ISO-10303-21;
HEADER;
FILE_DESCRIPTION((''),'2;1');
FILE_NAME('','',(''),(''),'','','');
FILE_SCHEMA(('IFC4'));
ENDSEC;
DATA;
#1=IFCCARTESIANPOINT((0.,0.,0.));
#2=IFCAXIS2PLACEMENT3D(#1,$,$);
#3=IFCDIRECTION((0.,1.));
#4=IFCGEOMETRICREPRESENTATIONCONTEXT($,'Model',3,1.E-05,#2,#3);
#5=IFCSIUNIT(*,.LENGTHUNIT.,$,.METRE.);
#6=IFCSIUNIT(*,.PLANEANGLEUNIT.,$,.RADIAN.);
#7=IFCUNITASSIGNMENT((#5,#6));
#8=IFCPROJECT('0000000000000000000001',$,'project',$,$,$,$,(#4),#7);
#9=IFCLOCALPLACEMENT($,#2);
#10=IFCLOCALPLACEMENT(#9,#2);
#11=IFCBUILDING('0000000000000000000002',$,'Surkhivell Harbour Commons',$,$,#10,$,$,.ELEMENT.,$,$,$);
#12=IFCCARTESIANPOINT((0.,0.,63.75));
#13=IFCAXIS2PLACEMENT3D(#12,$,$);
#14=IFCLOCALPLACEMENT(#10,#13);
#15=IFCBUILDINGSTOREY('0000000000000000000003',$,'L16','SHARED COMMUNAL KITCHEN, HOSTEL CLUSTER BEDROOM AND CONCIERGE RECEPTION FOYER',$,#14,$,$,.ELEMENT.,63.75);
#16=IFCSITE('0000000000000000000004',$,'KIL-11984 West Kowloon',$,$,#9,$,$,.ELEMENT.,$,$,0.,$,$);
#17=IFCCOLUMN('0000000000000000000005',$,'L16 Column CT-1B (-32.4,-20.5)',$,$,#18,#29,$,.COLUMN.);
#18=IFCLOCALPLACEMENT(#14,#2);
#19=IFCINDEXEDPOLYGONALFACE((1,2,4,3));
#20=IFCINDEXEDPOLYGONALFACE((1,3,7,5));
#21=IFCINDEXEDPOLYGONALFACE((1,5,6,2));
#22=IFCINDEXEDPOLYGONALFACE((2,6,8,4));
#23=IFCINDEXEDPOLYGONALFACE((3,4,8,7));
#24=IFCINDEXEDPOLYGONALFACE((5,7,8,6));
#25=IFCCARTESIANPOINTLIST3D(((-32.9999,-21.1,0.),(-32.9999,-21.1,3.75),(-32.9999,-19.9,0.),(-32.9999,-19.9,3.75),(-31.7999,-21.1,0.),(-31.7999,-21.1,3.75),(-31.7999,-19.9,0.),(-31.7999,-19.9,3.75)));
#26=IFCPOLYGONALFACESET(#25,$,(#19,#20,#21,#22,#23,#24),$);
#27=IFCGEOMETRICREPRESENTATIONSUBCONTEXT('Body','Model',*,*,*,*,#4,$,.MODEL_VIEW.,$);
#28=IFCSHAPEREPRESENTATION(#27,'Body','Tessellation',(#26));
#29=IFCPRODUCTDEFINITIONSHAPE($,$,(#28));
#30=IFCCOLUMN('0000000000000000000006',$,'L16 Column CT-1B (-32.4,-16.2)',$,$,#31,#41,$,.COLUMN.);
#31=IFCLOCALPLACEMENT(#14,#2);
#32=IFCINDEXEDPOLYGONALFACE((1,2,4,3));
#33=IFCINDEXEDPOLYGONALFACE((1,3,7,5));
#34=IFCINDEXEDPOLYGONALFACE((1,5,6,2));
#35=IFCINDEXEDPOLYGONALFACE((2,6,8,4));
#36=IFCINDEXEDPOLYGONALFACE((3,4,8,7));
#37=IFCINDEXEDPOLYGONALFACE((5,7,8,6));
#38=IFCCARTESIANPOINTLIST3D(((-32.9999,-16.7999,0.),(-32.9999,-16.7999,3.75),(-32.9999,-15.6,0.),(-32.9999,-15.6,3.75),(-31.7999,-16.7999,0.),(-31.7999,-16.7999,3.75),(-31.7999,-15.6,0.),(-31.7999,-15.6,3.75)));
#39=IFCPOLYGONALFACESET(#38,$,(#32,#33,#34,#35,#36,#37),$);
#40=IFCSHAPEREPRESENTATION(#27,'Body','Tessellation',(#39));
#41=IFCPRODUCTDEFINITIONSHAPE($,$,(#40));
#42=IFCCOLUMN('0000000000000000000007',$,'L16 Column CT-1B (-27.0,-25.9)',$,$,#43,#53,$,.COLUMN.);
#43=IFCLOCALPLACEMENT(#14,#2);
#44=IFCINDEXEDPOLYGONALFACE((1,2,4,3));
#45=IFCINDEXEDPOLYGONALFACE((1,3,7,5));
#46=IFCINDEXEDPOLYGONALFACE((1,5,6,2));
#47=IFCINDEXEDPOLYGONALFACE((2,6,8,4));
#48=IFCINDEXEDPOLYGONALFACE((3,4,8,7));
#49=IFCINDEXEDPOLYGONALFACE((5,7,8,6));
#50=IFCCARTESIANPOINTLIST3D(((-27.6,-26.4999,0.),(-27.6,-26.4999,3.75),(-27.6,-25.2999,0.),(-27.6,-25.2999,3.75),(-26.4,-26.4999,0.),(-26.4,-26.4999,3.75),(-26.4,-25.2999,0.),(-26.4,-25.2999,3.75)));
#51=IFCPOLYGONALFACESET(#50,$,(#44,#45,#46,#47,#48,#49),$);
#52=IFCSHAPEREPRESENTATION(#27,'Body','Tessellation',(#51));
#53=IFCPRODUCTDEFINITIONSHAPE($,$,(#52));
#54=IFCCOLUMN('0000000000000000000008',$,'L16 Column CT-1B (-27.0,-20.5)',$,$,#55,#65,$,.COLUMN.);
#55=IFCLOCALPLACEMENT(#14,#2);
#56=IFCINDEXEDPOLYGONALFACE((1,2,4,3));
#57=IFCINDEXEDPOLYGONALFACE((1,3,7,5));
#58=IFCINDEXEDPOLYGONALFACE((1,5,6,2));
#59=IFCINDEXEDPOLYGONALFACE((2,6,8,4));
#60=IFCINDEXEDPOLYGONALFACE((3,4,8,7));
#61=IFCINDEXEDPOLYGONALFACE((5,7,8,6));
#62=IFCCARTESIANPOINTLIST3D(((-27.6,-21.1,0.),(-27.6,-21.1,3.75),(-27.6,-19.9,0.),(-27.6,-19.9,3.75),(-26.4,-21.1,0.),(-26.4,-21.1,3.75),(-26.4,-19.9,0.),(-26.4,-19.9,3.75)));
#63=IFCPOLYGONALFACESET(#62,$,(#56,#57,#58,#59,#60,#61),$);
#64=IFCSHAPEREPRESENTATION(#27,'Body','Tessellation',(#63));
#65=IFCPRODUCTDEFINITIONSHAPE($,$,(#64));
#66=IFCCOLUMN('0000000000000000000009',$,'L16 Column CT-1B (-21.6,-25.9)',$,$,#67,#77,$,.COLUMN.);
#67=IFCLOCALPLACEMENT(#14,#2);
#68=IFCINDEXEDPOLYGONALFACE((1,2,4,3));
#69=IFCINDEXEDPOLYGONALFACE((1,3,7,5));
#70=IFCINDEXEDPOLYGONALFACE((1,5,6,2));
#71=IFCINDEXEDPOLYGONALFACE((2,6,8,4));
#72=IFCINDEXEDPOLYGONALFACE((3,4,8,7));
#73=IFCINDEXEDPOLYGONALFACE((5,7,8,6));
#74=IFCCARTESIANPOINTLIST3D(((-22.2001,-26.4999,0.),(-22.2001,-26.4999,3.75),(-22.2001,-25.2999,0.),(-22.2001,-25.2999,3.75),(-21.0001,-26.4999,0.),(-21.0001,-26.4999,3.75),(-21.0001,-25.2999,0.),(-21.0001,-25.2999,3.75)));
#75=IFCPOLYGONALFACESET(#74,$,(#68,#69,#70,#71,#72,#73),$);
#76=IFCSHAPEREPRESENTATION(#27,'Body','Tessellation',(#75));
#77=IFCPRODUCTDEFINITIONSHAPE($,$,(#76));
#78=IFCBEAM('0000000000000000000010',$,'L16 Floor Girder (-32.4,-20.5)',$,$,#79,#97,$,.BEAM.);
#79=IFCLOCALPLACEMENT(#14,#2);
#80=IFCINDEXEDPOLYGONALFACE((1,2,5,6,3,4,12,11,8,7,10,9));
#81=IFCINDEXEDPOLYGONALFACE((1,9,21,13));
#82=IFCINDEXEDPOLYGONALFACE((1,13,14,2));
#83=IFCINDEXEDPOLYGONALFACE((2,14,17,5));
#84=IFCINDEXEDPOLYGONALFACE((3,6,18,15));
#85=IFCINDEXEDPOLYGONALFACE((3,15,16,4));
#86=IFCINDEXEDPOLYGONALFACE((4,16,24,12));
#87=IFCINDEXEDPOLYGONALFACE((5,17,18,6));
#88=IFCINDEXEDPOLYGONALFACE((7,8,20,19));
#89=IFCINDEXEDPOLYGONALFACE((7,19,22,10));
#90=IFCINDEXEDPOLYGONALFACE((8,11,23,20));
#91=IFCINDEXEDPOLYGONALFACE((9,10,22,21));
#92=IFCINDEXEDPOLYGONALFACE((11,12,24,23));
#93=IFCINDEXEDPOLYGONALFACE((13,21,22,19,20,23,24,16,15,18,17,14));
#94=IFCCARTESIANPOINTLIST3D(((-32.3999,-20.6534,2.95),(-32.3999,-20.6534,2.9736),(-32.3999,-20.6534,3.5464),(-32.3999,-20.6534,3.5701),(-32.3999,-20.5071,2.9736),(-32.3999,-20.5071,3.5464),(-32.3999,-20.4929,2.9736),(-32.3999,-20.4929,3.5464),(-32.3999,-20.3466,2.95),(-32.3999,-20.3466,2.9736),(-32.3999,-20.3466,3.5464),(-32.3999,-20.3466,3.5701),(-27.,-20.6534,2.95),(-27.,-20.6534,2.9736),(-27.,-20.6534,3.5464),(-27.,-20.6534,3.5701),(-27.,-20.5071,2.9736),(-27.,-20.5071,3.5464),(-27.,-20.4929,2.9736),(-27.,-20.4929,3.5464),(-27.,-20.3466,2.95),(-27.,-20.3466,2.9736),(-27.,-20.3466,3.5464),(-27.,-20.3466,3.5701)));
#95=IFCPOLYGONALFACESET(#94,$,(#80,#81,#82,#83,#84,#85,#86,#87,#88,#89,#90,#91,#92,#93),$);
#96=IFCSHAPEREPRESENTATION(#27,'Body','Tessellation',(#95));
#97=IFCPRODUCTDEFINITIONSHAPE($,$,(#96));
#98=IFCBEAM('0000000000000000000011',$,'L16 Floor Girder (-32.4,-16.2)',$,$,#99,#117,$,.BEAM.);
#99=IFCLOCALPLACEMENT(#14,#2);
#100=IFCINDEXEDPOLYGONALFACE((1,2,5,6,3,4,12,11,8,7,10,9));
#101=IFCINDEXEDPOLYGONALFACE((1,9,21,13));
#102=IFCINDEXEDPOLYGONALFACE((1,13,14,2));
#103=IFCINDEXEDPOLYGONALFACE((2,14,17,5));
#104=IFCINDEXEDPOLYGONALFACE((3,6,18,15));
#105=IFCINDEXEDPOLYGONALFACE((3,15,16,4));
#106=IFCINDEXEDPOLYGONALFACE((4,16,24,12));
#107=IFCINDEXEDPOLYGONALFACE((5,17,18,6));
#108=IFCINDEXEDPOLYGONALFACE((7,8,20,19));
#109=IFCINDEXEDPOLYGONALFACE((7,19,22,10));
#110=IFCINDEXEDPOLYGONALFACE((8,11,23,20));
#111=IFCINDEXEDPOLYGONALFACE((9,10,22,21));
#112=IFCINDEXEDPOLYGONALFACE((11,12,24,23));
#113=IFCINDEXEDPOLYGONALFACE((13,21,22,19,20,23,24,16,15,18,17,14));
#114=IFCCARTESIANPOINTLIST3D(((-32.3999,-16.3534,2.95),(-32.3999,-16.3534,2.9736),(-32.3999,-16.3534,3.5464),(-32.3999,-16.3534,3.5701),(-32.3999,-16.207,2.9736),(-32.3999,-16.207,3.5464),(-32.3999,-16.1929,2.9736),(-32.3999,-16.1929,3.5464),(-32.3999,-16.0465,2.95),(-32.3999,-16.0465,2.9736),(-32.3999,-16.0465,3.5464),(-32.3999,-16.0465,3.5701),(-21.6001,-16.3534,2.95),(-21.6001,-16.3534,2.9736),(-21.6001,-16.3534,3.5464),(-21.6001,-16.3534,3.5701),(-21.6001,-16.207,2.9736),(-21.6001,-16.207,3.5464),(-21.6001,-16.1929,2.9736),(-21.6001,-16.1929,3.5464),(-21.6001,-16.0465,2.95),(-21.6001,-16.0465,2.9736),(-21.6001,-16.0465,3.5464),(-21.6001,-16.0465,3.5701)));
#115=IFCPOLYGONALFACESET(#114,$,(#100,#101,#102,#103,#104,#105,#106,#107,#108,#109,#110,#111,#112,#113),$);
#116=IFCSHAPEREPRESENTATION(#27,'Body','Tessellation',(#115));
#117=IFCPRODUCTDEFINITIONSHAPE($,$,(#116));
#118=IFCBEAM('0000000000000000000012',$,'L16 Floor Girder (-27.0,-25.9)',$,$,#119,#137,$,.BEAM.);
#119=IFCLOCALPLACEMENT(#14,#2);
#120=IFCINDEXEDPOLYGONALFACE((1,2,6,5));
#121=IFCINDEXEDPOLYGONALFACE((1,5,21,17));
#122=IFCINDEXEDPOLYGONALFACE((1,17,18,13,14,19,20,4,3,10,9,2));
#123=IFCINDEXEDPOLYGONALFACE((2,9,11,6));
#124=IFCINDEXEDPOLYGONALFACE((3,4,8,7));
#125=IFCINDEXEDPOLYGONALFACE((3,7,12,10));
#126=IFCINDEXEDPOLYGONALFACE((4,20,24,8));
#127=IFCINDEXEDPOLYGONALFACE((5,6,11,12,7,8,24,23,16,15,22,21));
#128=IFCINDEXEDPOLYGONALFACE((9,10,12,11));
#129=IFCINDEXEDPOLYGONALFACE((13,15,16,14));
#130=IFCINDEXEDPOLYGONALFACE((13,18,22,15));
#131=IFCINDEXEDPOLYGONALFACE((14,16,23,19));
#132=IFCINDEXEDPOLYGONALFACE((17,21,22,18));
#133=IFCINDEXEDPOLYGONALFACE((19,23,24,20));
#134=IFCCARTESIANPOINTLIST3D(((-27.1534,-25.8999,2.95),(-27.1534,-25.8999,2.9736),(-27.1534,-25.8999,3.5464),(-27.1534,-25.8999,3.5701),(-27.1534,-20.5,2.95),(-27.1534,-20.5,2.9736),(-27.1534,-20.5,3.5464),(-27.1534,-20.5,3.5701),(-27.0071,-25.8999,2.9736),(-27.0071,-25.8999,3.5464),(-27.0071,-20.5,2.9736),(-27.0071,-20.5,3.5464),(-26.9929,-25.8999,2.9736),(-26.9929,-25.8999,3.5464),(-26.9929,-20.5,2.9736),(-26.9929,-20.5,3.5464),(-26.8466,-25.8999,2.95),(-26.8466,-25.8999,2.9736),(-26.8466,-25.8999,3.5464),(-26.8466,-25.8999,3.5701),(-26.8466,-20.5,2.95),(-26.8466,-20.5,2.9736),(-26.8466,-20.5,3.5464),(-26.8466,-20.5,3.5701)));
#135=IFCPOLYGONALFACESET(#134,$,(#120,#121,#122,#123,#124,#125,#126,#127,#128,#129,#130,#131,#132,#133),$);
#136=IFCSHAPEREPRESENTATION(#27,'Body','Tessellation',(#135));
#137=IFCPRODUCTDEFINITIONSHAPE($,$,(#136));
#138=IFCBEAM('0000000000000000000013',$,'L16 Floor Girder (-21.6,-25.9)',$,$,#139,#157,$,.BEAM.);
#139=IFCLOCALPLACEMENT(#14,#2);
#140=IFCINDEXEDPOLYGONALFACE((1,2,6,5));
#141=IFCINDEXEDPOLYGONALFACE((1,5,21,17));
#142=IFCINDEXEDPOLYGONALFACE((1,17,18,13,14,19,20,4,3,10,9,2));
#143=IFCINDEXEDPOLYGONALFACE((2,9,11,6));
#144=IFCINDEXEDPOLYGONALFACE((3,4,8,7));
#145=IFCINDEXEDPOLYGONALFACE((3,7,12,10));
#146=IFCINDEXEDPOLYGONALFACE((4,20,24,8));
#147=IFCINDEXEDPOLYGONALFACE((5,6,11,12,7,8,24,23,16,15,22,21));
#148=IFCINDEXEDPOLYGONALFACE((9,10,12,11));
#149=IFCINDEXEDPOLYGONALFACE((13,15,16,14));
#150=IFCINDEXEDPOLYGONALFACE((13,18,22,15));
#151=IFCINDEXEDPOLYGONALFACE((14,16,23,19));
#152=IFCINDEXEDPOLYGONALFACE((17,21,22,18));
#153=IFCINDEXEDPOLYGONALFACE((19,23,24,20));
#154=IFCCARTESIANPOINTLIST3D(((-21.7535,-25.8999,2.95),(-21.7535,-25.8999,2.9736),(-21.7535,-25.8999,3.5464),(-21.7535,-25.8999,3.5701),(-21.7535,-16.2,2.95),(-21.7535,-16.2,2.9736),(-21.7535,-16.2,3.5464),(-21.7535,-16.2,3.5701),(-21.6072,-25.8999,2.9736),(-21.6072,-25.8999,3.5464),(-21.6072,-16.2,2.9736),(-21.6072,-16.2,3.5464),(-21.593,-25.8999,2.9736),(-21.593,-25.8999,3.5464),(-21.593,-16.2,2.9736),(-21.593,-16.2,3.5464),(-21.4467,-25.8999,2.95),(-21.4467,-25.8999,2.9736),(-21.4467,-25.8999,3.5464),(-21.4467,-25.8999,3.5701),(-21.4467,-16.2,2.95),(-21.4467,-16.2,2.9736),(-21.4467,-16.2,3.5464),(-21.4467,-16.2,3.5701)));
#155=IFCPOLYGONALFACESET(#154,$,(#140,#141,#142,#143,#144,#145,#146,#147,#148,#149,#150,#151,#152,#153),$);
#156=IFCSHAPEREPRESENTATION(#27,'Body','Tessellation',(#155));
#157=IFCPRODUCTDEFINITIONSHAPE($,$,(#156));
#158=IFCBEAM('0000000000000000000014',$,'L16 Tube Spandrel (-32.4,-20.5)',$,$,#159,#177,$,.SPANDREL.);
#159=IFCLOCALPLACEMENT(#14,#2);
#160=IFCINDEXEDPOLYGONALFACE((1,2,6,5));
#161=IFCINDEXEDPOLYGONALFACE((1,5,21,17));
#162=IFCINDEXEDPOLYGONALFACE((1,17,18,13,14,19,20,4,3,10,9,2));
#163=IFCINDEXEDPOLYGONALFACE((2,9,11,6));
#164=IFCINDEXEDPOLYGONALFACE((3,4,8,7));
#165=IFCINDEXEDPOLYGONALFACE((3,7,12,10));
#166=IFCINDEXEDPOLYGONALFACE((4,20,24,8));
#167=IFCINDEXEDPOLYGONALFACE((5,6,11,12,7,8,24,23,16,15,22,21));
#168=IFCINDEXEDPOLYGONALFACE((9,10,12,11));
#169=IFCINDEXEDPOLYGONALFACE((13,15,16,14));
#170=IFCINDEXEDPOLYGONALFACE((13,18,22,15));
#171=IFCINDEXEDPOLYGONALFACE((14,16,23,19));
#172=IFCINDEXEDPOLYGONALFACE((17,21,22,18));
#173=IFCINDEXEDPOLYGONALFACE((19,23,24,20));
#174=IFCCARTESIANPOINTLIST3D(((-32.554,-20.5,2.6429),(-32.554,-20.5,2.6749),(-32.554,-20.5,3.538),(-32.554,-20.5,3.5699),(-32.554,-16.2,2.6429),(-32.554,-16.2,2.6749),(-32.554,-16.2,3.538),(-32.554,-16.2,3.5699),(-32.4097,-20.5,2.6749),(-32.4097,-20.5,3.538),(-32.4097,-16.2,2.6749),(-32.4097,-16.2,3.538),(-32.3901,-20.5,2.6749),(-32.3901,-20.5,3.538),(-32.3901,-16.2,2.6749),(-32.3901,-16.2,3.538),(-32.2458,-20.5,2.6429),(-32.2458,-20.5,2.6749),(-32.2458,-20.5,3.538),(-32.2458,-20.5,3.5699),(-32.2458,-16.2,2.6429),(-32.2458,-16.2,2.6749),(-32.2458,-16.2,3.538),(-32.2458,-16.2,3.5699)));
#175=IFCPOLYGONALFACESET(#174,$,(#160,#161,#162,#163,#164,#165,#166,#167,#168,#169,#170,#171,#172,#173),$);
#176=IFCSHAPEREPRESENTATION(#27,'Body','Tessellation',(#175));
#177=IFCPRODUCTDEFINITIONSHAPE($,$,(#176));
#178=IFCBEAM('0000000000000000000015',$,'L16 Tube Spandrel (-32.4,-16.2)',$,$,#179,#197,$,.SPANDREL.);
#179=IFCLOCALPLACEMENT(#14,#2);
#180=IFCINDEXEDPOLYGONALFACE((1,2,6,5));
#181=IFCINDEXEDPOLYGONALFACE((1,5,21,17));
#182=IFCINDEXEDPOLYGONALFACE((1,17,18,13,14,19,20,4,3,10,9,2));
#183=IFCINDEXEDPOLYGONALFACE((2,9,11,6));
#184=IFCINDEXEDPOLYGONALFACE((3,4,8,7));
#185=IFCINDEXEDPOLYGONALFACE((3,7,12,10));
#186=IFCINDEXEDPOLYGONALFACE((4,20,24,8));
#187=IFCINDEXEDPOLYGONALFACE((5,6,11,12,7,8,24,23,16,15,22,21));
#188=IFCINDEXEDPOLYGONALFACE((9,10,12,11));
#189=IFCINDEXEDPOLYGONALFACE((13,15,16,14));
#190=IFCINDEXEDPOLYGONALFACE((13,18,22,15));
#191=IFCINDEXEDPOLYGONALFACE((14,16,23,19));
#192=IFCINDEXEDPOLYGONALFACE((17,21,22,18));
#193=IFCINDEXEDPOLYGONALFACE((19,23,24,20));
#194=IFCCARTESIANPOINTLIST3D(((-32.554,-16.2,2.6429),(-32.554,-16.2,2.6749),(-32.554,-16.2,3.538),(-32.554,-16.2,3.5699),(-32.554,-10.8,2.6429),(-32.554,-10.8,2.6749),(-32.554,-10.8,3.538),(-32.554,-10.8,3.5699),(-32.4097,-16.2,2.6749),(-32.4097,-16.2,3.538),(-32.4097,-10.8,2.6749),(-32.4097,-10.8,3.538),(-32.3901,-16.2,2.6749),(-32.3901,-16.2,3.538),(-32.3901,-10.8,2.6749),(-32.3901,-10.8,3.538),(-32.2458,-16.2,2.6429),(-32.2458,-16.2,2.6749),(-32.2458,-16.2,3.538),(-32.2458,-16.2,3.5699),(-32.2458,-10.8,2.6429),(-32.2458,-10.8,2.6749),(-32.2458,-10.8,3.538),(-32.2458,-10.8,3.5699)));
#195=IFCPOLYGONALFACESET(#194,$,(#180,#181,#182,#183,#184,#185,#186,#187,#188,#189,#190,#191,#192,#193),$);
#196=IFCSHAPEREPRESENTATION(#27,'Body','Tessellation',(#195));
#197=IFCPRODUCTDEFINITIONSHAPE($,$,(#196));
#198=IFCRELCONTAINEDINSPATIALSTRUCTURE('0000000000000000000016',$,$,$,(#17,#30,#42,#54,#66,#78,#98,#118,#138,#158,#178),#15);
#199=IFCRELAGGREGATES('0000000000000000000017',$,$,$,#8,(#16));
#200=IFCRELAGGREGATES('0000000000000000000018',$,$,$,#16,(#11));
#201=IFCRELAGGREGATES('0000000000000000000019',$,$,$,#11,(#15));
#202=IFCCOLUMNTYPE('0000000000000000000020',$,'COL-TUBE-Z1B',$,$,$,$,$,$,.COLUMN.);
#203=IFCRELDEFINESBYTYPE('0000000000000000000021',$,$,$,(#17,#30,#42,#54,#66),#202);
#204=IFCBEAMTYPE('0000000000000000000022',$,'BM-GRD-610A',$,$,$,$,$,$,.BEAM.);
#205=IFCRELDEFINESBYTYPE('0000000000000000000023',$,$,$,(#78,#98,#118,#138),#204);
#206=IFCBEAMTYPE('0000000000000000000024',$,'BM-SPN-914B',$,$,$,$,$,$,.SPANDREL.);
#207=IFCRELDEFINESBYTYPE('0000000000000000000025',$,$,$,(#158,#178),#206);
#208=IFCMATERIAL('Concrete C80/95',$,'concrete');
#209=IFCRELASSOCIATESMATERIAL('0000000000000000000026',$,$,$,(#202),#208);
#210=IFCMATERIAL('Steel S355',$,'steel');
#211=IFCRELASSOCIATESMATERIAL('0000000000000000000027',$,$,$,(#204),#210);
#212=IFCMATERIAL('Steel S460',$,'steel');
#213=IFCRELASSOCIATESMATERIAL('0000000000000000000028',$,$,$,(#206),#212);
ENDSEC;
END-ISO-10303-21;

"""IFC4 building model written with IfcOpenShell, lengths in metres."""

from ifc_helpers import new_model, si_unit, direction, frame, origin, origin_2d, place, context, subcontext, project, spatial, rectangle, i_section, extrude, material, material_profile, profile_set, type_object, element, save


model = new_model("IFC4")

# Units and contexts
model_context = context("Model", 3, precision=1e-05, world=origin(), true_north=direction((0.0, 1.0)))
body_context = subcontext(model_context, "Body", "Model", "MODEL_VIEW")
ifc_project = project(units=[si_unit("LENGTHUNIT", "METRE"), si_unit("PLANEANGLEUNIT", "RADIAN")], contexts=[model_context])

# Site, building, storey
site_placement = place(None, origin())
site = spatial("IfcSite", under=ifc_project, at=site_placement, Name="KIL-11984 West Kowloon", CompositionType="ELEMENT", RefElevation=0.0)
building_placement = place(site_placement, origin())
building = spatial("IfcBuilding", under=site, at=building_placement, Name="Surkhivell Harbour Commons", CompositionType="ELEMENT")
storey_placement = place(building_placement, frame((0.0, 0.0, 63.75)))
storey = spatial("IfcBuildingStorey", under=building, at=storey_placement, Name="L16", Description="SHARED COMMUNAL KITCHEN, HOSTEL CLUSTER BEDROOM AND CONCIERGE RECEPTION FOYER", CompositionType="ELEMENT", Elevation=63.75)

# Columns
ifc_material_1 = material(Name="Concrete C80/95", Category="concrete")
ifc_material_profile_1 = material_profile(ifc_material_1, rectangle(XDim=1.2, YDim=1.2, at=origin_2d()), Name="RC-COL-1200x1200")
ifc_profile_set_1 = profile_set([ifc_material_profile_1], Name="Concrete C80/95")
column_type = type_object("IfcColumnType", Name="COL-TUBE-Z1B", PredefinedType="COLUMN", material=ifc_profile_set_1)
for number, where, z_axis, x_axis, name in (
    (1, (-32.3999, -20.5, 0.0), (0.0, 0.0, 1.0), (1.0, 0.0, 0.0), "L16 Column CT-1B (-32.4,-20.5)"),
    (2, (-32.3999, -16.2, 0.0), (0.0, 0.0, 1.0), (1.0, 0.0, 0.0), "L16 Column CT-1B (-32.4,-16.2)"),
    (3, (-27.0, -25.8999, 0.0), (0.0, 0.0, 1.0), (1.0, 0.0, 0.0), "L16 Column CT-1B (-27.0,-25.9)"),
    (4, (-27.0, -20.5, 0.0), (0.0, 0.0, 1.0), (1.0, 0.0, 0.0), "L16 Column CT-1B (-27.0,-20.5)"),
    (5, (-21.6001, -25.8999, 0.0), (0.0, 0.0, 1.0), (1.0, 0.0, 0.0), "L16 Column CT-1B (-21.6,-25.9)"),
):
    element("IfcColumn", number, at=place(storey_placement, frame(where, z_axis=z_axis, x_axis=x_axis)), inside=storey, type_object=column_type, Name=name, PredefinedType="COLUMN", context=body_context, shape_type="SweptSolid", body=[
        extrude(rectangle(XDim=1.2, YDim=1.2, at=origin_2d()), origin(), (0.0, 0.0, 1.0), 3.75),
    ])

# Beams
ifc_material_2 = material(Name="Steel S355", Category="steel")
ifc_material_profile_2 = material_profile(ifc_material_2, i_section(OverallWidth=0.3069, OverallDepth=0.6201, WebThickness=0.0142, FlangeThickness=0.0237, at=origin_2d()), Name="UB610x305x179")
ifc_profile_set_2 = profile_set([ifc_material_profile_2], Name="Steel S355")
beam_type_1 = type_object("IfcBeamType", Name="BM-GRD-610A", PredefinedType="BEAM", material=ifc_profile_set_2)
beam_1_placement = place(storey_placement, frame((-32.3999, -20.5, 3.26), z_axis=(1.0, 0.0, 0.0), x_axis=(0.0, 1.0, 0.0)))
element("IfcBeam", 6, at=beam_1_placement, inside=storey, type_object=beam_type_1, Name="L16 Floor Girder (-32.4,-20.5)", PredefinedType="BEAM", context=body_context, shape_type="SweptSolid", body=[
    extrude(i_section(OverallWidth=0.3069, OverallDepth=0.6201, WebThickness=0.0142, FlangeThickness=0.0237, at=origin_2d()), origin(), (0.0, 0.0, 1.0), 5.3999),
])
beam_2_placement = place(storey_placement, frame((-32.3999, -16.2, 3.26), z_axis=(1.0, 0.0, 0.0), x_axis=(0.0, 1.0, 0.0)))
element("IfcBeam", 7, at=beam_2_placement, inside=storey, type_object=beam_type_1, Name="L16 Floor Girder (-32.4,-16.2)", PredefinedType="BEAM", context=body_context, shape_type="SweptSolid", body=[
    extrude(i_section(OverallWidth=0.3069, OverallDepth=0.6201, WebThickness=0.0142, FlangeThickness=0.0237, at=origin_2d()), origin(), (0.0, 0.0, 1.0), 10.7998),
])
beam_3_placement = place(storey_placement, frame((-27.0, -25.8999, 3.26), z_axis=(0.0, 1.0, 0.0), x_axis=(-1.0, 0.0, 0.0)))
element("IfcBeam", 8, at=beam_3_placement, inside=storey, type_object=beam_type_1, Name="L16 Floor Girder (-27.0,-25.9)", PredefinedType="BEAM", context=body_context, shape_type="SweptSolid", body=[
    extrude(i_section(OverallWidth=0.3069, OverallDepth=0.6201, WebThickness=0.0142, FlangeThickness=0.0237, at=origin_2d()), origin(), (0.0, 0.0, 1.0), 5.3999),
])
beam_4_placement = place(storey_placement, frame((-21.6001, -25.8999, 3.26), z_axis=(0.0, 1.0, 0.0), x_axis=(-1.0, 0.0, 0.0)))
element("IfcBeam", 9, at=beam_4_placement, inside=storey, type_object=beam_type_1, Name="L16 Floor Girder (-21.6,-25.9)", PredefinedType="BEAM", context=body_context, shape_type="SweptSolid", body=[
    extrude(i_section(OverallWidth=0.3069, OverallDepth=0.6201, WebThickness=0.0142, FlangeThickness=0.0237, at=origin_2d()), origin(), (0.0, 0.0, 1.0), 9.7),
])
ifc_material_3 = material(Name="Steel S460", Category="steel")
ifc_material_profile_3 = material_profile(ifc_material_3, i_section(OverallWidth=0.3081, OverallDepth=0.927, WebThickness=0.0195, FlangeThickness=0.032, at=origin_2d()), Name="UB914x305x289")
ifc_profile_set_3 = profile_set([ifc_material_profile_3], Name="Steel S460")
beam_type_2 = type_object("IfcBeamType", Name="BM-SPN-914B", PredefinedType="SPANDREL", material=ifc_profile_set_3)
beam_5_placement = place(storey_placement, frame((-32.3999, -20.5, 3.1064), z_axis=(0.0, 1.0, 0.0), x_axis=(-1.0, 0.0, 0.0)))
element("IfcBeam", 10, at=beam_5_placement, inside=storey, type_object=beam_type_2, Name="L16 Tube Spandrel (-32.4,-20.5)", PredefinedType="SPANDREL", context=body_context, shape_type="SweptSolid", body=[
    extrude(i_section(OverallWidth=0.3081, OverallDepth=0.927, WebThickness=0.0195, FlangeThickness=0.032, at=origin_2d()), origin(), (0.0, 0.0, 1.0), 4.3),
])
for number, where, z_axis, x_axis, name in (
    (11, (-32.3999, -16.2, 3.1064), (0.0, 1.0, 0.0), (-1.0, 0.0, 0.0), "L16 Tube Spandrel (-32.4,-16.2)"),
):
    element("IfcBeam", number, at=place(storey_placement, frame(where, z_axis=z_axis, x_axis=x_axis)), inside=storey, type_object=beam_type_2, Name=name, PredefinedType="SPANDREL", context=body_context, shape_type="SweptSolid", body=[
        extrude(i_section(OverallWidth=0.3081, OverallDepth=0.927, WebThickness=0.0195, FlangeThickness=0.032, at=origin_2d()), origin(), (0.0, 0.0, 1.0), 5.3999),
    ])

save(model, "model.ifc")
